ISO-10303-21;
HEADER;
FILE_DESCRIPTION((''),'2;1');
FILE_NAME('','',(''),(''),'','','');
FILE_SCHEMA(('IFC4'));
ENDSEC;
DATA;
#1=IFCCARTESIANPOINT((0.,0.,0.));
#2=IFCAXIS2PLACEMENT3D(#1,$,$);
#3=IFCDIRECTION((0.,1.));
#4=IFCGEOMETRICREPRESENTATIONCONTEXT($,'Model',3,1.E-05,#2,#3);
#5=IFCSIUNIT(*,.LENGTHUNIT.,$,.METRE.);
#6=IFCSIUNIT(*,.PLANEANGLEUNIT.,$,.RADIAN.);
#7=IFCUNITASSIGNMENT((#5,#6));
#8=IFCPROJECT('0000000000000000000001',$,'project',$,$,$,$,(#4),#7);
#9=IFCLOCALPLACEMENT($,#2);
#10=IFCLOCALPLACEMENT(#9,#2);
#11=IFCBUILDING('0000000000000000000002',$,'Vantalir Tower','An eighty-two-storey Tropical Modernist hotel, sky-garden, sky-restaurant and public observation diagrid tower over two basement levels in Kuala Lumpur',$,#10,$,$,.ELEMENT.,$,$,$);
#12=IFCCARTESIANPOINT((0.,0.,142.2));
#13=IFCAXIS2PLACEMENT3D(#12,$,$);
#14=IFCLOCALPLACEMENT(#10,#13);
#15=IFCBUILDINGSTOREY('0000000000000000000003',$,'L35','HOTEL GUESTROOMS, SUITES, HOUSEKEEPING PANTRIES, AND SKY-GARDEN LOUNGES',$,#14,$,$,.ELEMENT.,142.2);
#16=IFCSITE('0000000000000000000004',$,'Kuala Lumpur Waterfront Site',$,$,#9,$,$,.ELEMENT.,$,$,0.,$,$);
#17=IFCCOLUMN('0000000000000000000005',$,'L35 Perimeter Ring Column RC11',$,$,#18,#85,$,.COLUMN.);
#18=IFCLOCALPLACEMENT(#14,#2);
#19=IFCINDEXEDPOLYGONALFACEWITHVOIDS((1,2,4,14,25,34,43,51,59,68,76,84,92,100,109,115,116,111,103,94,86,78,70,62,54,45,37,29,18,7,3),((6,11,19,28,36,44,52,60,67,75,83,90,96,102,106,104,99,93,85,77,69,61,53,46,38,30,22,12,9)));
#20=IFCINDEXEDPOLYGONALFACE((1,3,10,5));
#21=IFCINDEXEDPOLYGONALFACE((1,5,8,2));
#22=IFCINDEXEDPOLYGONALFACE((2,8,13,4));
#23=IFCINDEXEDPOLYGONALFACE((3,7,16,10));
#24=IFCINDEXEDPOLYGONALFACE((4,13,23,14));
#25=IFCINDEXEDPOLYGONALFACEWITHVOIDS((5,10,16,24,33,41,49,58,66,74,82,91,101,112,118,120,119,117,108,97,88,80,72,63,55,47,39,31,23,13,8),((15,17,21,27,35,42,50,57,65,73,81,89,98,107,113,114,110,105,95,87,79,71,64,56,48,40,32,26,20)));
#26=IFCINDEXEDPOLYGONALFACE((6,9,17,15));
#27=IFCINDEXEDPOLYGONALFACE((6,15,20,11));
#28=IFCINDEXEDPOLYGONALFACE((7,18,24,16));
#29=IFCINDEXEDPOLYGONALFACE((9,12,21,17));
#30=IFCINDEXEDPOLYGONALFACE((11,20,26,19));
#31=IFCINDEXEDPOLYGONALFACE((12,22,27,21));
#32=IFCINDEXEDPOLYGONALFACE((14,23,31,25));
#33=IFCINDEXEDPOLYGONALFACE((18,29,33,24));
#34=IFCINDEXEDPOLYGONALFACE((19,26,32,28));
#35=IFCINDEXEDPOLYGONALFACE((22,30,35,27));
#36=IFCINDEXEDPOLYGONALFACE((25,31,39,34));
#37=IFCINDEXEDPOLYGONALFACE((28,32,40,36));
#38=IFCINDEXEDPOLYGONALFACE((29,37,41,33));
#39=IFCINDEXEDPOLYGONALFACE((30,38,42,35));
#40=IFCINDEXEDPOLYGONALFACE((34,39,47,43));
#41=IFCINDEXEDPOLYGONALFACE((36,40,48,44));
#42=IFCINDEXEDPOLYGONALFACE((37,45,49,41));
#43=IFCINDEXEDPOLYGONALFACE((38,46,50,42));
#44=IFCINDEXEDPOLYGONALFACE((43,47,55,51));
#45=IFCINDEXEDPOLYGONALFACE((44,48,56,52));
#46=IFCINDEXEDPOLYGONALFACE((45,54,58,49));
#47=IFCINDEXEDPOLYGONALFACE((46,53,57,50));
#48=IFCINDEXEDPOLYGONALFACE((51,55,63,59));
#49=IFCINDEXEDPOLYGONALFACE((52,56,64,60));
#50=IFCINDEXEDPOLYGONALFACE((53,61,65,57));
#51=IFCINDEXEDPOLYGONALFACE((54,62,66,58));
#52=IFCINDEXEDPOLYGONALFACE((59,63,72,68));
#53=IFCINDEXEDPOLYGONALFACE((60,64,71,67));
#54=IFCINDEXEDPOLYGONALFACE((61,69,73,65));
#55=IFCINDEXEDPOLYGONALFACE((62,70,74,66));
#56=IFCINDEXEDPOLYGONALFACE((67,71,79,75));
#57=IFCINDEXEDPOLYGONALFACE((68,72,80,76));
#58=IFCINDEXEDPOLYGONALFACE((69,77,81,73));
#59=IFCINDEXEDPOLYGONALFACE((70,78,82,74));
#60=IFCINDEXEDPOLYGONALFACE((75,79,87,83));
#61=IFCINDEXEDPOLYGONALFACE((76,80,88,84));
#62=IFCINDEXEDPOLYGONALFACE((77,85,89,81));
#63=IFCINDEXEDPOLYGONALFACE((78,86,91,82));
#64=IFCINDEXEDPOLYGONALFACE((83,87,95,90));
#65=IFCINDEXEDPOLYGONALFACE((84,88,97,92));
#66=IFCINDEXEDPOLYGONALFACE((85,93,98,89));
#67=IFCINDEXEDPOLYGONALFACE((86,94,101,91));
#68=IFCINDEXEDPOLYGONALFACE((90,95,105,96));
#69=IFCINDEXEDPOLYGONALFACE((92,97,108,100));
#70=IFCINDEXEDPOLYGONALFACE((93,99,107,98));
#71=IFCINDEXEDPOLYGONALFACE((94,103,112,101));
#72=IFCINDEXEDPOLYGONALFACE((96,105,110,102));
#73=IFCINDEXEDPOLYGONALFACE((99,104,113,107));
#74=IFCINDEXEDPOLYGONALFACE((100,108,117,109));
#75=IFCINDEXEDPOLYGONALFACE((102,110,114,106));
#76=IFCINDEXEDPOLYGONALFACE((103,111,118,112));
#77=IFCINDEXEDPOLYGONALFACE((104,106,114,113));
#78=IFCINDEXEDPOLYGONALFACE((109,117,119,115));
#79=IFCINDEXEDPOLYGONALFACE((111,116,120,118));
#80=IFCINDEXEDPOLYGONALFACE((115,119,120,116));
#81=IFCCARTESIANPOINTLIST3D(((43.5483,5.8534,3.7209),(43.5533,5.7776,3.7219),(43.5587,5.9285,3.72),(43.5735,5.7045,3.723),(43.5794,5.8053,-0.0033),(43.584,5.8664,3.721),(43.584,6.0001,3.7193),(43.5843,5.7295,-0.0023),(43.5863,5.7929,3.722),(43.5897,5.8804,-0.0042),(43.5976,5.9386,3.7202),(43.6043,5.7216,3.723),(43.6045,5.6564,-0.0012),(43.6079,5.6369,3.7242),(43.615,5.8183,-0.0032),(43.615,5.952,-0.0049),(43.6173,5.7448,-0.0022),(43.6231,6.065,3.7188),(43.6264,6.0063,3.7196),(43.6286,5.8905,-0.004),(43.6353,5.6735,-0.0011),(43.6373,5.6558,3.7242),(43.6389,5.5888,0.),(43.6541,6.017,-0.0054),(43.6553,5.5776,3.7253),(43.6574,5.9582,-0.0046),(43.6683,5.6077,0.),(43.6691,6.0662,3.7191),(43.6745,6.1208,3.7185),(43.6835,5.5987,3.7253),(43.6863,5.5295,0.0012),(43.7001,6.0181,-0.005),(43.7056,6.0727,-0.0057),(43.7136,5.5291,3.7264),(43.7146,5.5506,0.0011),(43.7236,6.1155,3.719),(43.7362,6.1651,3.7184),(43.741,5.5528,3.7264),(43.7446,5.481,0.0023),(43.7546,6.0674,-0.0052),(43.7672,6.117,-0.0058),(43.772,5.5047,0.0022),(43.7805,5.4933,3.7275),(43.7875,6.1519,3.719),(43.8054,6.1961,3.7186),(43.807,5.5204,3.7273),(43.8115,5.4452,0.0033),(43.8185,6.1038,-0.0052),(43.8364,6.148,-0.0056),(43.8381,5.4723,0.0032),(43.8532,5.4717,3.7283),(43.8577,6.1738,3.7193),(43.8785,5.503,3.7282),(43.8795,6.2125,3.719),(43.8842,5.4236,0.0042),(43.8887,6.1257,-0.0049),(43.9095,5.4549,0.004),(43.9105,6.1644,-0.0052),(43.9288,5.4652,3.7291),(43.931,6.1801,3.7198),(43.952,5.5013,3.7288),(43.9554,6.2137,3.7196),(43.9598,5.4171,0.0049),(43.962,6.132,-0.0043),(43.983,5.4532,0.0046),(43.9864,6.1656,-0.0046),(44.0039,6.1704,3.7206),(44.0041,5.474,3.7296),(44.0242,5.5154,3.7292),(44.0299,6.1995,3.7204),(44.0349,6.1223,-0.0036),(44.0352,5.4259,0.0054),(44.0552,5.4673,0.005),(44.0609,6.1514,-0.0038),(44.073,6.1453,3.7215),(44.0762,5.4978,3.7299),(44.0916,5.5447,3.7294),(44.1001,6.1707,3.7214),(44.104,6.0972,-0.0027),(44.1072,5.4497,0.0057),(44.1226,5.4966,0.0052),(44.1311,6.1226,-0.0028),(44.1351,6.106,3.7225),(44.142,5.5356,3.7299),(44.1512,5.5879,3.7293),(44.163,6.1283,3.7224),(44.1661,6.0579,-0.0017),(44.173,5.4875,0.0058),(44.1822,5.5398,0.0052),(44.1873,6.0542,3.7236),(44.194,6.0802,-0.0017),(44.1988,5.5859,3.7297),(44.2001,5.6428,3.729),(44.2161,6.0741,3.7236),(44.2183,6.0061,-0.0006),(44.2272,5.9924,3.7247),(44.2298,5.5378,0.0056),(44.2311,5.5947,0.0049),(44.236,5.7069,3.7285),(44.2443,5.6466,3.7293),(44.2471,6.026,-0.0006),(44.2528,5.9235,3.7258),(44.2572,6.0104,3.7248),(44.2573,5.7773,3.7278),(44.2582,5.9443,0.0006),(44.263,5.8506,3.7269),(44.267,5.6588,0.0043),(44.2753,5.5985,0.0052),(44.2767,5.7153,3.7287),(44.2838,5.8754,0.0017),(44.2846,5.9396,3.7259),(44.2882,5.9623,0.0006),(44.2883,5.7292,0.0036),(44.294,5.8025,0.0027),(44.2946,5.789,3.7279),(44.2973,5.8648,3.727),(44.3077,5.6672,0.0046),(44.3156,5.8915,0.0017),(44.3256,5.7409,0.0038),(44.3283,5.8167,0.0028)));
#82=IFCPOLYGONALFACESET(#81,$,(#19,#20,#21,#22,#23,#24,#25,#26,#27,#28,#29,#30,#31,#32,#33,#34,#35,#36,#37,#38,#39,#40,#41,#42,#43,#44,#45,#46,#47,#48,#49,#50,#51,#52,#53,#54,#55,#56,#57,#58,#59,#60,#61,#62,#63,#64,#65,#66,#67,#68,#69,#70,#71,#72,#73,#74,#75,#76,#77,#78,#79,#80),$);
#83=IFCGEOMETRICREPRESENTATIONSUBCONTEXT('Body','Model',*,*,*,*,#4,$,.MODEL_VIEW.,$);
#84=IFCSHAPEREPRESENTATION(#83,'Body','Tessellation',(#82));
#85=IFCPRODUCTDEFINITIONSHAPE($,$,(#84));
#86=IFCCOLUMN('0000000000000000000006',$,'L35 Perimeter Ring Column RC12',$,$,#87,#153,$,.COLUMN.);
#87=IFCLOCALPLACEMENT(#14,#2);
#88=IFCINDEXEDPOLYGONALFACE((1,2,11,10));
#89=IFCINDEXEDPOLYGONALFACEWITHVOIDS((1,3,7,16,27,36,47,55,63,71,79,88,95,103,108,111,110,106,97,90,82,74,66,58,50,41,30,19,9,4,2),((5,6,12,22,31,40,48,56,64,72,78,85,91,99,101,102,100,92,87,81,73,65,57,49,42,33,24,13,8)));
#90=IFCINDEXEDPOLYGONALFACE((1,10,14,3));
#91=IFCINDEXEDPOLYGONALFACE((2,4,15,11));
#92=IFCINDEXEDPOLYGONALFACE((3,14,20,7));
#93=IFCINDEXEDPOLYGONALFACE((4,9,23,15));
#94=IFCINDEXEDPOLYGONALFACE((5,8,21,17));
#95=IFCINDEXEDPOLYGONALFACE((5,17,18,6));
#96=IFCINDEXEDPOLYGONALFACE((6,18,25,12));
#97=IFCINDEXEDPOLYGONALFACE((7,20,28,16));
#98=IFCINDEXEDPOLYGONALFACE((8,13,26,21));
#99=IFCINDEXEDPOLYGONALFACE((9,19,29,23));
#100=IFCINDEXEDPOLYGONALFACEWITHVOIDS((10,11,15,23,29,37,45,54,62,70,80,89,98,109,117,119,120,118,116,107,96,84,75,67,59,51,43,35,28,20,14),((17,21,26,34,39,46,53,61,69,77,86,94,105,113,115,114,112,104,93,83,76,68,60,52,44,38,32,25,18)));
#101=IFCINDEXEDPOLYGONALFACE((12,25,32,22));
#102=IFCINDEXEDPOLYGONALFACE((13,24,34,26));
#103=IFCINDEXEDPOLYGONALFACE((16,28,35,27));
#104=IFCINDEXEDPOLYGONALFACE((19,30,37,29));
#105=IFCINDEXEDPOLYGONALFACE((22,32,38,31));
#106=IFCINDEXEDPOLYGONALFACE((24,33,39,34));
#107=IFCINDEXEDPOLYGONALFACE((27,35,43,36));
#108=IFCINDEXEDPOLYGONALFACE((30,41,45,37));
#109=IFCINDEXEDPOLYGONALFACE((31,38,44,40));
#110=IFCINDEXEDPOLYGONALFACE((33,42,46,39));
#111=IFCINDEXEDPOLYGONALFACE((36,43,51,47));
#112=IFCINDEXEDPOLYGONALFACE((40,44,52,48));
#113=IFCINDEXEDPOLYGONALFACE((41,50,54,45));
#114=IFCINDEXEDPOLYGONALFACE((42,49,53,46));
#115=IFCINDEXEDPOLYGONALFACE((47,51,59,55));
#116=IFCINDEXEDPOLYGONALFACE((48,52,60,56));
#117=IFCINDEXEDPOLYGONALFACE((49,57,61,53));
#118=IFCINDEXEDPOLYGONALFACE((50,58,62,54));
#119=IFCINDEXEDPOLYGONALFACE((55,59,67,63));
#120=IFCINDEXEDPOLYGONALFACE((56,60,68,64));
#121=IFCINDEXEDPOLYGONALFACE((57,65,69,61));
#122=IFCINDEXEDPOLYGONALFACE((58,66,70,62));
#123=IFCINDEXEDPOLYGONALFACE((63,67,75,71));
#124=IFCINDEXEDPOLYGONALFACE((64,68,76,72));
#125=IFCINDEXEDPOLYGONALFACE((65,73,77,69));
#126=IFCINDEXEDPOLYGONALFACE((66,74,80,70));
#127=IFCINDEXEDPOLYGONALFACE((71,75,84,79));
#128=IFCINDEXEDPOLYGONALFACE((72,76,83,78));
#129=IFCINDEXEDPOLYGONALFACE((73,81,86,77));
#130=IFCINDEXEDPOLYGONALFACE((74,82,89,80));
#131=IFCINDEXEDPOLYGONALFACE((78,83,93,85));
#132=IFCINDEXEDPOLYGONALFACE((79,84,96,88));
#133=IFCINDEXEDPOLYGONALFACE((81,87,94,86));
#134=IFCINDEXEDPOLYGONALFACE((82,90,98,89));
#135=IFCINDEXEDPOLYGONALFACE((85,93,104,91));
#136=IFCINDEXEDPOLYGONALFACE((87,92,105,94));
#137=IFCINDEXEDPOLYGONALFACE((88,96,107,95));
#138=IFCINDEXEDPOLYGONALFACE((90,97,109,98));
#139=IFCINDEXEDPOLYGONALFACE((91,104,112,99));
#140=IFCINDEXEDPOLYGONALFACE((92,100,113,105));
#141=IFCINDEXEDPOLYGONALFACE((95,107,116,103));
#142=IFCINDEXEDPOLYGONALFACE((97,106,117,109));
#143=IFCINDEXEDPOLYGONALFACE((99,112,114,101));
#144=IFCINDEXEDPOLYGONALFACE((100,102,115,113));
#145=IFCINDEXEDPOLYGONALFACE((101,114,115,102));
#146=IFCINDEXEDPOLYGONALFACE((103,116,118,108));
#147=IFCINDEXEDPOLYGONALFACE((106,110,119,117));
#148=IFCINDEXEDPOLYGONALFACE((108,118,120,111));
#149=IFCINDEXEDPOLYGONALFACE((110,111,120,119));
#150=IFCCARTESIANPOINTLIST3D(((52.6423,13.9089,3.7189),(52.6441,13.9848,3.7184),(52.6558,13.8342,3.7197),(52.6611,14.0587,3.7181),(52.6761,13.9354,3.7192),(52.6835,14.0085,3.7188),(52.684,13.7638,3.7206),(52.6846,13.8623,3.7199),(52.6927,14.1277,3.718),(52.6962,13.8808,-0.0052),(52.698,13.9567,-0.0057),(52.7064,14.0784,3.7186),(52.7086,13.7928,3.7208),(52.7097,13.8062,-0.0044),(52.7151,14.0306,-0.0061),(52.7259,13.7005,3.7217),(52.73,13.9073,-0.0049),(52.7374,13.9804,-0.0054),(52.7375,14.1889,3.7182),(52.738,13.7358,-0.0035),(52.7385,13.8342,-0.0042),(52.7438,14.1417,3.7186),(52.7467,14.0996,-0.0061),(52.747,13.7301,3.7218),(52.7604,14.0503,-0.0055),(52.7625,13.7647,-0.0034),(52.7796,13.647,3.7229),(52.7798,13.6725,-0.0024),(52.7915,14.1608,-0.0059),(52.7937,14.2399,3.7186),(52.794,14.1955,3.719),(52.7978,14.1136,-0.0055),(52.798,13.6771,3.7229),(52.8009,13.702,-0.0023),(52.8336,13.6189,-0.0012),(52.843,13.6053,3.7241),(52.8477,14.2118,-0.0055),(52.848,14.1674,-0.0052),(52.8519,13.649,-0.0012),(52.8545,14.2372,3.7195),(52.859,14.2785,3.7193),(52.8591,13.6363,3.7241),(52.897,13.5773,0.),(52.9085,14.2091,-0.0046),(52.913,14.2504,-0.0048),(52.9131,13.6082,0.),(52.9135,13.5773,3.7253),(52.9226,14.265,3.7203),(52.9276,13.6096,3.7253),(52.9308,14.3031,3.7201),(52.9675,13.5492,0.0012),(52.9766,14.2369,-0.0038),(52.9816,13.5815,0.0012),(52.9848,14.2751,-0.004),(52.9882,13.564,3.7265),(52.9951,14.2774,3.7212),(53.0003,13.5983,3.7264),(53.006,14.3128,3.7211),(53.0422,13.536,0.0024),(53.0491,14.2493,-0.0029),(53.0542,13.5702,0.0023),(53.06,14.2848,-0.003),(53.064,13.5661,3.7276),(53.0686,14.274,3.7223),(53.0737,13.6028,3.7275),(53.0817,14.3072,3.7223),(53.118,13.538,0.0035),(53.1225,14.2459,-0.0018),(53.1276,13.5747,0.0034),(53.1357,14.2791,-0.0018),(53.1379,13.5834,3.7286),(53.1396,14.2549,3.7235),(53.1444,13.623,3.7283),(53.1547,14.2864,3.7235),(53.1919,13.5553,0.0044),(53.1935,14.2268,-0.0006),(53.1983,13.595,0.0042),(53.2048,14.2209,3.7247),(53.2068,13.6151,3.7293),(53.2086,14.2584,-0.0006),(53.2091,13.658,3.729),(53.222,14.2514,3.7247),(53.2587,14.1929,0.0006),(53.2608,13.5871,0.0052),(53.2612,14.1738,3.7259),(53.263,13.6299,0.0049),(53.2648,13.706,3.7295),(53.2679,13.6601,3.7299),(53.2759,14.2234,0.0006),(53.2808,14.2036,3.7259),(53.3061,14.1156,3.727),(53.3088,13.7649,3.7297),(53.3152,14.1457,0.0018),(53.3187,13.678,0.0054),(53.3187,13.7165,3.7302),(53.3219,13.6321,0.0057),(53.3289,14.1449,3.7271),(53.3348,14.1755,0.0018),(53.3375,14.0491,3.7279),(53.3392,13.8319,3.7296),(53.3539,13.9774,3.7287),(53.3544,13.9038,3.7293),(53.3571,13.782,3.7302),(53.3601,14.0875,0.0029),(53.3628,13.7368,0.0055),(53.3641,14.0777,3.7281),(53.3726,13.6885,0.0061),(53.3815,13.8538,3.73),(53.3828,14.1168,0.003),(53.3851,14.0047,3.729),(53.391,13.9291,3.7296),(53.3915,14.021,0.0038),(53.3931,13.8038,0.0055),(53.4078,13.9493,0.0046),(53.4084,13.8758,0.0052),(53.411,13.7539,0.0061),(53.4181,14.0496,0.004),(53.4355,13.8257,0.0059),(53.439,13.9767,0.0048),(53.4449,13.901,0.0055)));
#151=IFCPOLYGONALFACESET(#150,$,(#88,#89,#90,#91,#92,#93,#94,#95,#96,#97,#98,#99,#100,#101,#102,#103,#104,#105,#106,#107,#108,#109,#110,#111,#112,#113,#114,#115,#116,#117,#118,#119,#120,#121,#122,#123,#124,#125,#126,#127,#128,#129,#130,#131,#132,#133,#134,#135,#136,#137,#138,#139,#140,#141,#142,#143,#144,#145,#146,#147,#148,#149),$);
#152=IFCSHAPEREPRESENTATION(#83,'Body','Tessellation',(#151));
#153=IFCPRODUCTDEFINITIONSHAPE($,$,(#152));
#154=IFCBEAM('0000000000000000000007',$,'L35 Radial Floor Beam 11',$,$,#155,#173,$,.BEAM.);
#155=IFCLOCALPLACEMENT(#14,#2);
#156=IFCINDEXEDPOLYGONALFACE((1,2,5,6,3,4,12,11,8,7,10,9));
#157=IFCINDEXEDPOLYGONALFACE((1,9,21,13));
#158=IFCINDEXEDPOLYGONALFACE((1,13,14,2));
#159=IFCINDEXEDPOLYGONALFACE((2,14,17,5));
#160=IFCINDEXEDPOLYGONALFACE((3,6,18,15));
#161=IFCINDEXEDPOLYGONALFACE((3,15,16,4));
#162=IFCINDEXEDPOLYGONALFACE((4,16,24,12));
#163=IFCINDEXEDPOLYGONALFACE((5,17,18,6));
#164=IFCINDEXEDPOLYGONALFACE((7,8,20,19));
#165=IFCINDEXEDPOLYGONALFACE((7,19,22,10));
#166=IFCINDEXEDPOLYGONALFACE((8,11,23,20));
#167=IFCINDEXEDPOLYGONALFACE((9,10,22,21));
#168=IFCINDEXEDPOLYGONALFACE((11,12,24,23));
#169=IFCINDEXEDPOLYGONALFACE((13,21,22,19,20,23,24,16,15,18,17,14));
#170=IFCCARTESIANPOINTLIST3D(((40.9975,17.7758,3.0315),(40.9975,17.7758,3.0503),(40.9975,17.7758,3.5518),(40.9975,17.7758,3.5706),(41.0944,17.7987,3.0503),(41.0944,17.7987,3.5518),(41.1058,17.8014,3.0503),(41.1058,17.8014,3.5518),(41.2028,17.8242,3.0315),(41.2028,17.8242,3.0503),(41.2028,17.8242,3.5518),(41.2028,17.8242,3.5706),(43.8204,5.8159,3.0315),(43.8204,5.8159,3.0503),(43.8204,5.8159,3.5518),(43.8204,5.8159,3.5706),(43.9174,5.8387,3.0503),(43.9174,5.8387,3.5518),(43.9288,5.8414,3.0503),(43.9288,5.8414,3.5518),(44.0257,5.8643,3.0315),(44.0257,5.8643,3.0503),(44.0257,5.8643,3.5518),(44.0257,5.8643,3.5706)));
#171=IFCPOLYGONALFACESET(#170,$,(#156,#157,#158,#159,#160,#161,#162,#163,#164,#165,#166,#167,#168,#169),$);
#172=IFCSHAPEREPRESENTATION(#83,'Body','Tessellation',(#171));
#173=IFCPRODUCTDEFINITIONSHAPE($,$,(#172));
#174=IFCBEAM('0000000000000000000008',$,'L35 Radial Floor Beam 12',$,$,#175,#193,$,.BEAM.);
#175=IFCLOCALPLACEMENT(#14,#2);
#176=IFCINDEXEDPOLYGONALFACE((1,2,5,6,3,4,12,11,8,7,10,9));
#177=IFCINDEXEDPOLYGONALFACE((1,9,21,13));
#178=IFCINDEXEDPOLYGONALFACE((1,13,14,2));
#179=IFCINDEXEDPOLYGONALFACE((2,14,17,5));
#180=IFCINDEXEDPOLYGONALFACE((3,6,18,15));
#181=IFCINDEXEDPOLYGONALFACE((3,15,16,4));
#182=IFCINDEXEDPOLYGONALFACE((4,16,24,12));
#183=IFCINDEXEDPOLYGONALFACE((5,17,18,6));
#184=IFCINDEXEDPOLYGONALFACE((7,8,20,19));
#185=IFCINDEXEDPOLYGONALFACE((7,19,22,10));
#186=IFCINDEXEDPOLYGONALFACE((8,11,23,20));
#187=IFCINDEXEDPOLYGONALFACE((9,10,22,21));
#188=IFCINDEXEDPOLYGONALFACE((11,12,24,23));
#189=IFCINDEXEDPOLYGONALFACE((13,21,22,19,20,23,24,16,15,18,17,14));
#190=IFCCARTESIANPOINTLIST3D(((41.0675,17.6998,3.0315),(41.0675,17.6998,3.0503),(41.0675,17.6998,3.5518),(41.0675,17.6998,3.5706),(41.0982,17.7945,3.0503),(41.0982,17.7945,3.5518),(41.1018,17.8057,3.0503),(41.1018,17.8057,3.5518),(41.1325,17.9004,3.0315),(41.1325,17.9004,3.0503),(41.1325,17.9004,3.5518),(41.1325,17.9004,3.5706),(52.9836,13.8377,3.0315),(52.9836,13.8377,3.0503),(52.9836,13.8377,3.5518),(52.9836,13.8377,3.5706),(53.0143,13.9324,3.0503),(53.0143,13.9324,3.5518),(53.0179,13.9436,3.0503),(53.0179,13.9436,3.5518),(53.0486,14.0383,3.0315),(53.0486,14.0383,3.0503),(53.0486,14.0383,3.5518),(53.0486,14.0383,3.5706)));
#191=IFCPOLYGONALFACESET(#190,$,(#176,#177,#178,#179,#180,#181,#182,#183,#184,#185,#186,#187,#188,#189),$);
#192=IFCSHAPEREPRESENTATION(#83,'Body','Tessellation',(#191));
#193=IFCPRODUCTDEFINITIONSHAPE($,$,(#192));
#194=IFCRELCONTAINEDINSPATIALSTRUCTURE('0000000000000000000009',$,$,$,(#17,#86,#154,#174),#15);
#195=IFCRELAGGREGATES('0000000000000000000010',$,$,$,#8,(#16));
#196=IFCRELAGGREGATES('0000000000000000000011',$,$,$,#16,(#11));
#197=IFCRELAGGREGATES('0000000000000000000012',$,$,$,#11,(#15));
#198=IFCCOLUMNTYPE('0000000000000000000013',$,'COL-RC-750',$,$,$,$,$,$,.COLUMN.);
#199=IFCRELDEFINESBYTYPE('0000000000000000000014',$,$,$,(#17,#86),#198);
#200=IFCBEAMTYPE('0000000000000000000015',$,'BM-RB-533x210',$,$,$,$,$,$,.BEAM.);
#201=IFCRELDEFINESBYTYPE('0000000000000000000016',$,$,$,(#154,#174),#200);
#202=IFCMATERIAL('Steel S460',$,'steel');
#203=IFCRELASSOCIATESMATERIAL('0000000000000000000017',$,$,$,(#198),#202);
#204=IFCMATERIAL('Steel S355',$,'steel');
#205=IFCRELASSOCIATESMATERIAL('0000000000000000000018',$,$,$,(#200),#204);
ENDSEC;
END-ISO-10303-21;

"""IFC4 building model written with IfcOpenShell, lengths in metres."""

from ifc_helpers import new_model, si_unit, direction, frame, origin, origin_2d, place, context, subcontext, project, spatial, hollow_circle, i_section, extrude, material, material_profile, profile_set, type_object, element, save


model = new_model("IFC4")

# Units and contexts
model_context = context("Model", 3, precision=1e-05, world=origin(), true_north=direction((0.0, 1.0)))
body_context = subcontext(model_context, "Body", "Model", "MODEL_VIEW")
ifc_project = project(units=[si_unit("LENGTHUNIT", "METRE"), si_unit("PLANEANGLEUNIT", "RADIAN")], contexts=[model_context])

# Site, building, storey
site_placement = place(None, origin())
site = spatial("IfcSite", under=ifc_project, at=site_placement, Name="Kuala Lumpur Waterfront Site", CompositionType="ELEMENT", RefElevation=0.0)
building_placement = place(site_placement, origin())
building = spatial("IfcBuilding", under=site, at=building_placement, Name="Vantalir Tower", Description="An eighty-two-storey Tropical Modernist hotel, sky-garden, sky-restaurant and public observation diagrid tower over two basement levels in Kuala Lumpur", CompositionType="ELEMENT")
storey_placement = place(building_placement, frame((0.0, 0.0, 142.2)))
storey = spatial("IfcBuildingStorey", under=building, at=storey_placement, Name="L35", Description="HOTEL GUESTROOMS, SUITES, HOUSEKEEPING PANTRIES, AND SKY-GARDEN LOUNGES", CompositionType="ELEMENT", Elevation=142.2)

# Columns
ifc_material_1 = material(Name="Steel S460", Category="steel")
ifc_material_profile_1 = material_profile(ifc_material_1, hollow_circle(Radius=0.375, WallThickness=0.0349, at=origin_2d()), Name="Steel S460")
ifc_profile_set_1 = profile_set([ifc_material_profile_1], Name="Steel S460")
column_type = type_object("IfcColumnType", Name="COL-RC-750", PredefinedType="COLUMN", material=ifc_profile_set_1)
for number, where, z_axis, x_axis, name in (
    (1, (43.9541, 5.792, 0.0), (-0.008325, 0.012913, 0.999882), (-0.840485, -0.541835, 0.0), "L35 Perimeter Ring Column RC11"),
    (2, (53.0701, 13.9099, 0.0), (-0.014486, 0.007538, 0.999867), (-0.461605, -0.887085, 0.0), "L35 Perimeter Ring Column RC12"),
):
    element("IfcColumn", number, at=place(storey_placement, frame(where, z_axis=z_axis, x_axis=x_axis)), inside=storey, type_object=column_type, Name=name, PredefinedType="COLUMN", context=body_context, shape_type="SweptSolid", body=[
        extrude(hollow_circle(Radius=0.375, WallThickness=0.0349, at=origin_2d()), origin(), (0.0, 0.0, 1.0), 3.7246),
    ])

# Beams
ifc_material_2 = material(Name="Steel S355", Category="steel")
ifc_material_profile_2 = material_profile(ifc_material_2, i_section(OverallWidth=0.2109, OverallDepth=0.5391, WebThickness=0.0117, FlangeThickness=0.0188, at=origin_2d()), Name="Steel S355")
ifc_profile_set_2 = profile_set([ifc_material_profile_2], Name="Steel S355")
beam_type_1 = type_object("IfcBeamType", Name="BM-RB-533x210", PredefinedType="BEAM", material=ifc_profile_set_2)
beam_1_placement = place(storey_placement, frame((43.9231, 5.8401, 3.301), z_axis=(-0.229725, 0.973256, 0.0), x_axis=(-0.973256, -0.229725, 0.0)))
element("IfcBeam", 3, at=beam_1_placement, inside=storey, type_object=beam_type_1, Name="L35 Radial Floor Beam 11", PredefinedType="BEAM", context=body_context, shape_type="SweptSolid", body=[
    extrude(i_section(OverallWidth=0.2109, OverallDepth=0.5391, WebThickness=0.0117, FlangeThickness=0.0188, at=origin_2d()), origin(), (0.0, 0.0, 1.0), 12.2886),
])
beam_2_placement = place(storey_placement, frame((53.0161, 13.938, 3.301), z_axis=(-0.951284, 0.308317, 0.0), x_axis=(-0.308317, -0.951284, 0.0)))
element("IfcBeam", 4, at=beam_2_placement, inside=storey, type_object=beam_type_1, Name="L35 Radial Floor Beam 12", PredefinedType="BEAM", context=body_context, shape_type="SweptSolid", body=[
    extrude(i_section(OverallWidth=0.2109, OverallDepth=0.5391, WebThickness=0.0117, FlangeThickness=0.0188, at=origin_2d()), origin(), (0.0, 0.0, 1.0), 12.5264),
])

save(model, "model.ifc")
